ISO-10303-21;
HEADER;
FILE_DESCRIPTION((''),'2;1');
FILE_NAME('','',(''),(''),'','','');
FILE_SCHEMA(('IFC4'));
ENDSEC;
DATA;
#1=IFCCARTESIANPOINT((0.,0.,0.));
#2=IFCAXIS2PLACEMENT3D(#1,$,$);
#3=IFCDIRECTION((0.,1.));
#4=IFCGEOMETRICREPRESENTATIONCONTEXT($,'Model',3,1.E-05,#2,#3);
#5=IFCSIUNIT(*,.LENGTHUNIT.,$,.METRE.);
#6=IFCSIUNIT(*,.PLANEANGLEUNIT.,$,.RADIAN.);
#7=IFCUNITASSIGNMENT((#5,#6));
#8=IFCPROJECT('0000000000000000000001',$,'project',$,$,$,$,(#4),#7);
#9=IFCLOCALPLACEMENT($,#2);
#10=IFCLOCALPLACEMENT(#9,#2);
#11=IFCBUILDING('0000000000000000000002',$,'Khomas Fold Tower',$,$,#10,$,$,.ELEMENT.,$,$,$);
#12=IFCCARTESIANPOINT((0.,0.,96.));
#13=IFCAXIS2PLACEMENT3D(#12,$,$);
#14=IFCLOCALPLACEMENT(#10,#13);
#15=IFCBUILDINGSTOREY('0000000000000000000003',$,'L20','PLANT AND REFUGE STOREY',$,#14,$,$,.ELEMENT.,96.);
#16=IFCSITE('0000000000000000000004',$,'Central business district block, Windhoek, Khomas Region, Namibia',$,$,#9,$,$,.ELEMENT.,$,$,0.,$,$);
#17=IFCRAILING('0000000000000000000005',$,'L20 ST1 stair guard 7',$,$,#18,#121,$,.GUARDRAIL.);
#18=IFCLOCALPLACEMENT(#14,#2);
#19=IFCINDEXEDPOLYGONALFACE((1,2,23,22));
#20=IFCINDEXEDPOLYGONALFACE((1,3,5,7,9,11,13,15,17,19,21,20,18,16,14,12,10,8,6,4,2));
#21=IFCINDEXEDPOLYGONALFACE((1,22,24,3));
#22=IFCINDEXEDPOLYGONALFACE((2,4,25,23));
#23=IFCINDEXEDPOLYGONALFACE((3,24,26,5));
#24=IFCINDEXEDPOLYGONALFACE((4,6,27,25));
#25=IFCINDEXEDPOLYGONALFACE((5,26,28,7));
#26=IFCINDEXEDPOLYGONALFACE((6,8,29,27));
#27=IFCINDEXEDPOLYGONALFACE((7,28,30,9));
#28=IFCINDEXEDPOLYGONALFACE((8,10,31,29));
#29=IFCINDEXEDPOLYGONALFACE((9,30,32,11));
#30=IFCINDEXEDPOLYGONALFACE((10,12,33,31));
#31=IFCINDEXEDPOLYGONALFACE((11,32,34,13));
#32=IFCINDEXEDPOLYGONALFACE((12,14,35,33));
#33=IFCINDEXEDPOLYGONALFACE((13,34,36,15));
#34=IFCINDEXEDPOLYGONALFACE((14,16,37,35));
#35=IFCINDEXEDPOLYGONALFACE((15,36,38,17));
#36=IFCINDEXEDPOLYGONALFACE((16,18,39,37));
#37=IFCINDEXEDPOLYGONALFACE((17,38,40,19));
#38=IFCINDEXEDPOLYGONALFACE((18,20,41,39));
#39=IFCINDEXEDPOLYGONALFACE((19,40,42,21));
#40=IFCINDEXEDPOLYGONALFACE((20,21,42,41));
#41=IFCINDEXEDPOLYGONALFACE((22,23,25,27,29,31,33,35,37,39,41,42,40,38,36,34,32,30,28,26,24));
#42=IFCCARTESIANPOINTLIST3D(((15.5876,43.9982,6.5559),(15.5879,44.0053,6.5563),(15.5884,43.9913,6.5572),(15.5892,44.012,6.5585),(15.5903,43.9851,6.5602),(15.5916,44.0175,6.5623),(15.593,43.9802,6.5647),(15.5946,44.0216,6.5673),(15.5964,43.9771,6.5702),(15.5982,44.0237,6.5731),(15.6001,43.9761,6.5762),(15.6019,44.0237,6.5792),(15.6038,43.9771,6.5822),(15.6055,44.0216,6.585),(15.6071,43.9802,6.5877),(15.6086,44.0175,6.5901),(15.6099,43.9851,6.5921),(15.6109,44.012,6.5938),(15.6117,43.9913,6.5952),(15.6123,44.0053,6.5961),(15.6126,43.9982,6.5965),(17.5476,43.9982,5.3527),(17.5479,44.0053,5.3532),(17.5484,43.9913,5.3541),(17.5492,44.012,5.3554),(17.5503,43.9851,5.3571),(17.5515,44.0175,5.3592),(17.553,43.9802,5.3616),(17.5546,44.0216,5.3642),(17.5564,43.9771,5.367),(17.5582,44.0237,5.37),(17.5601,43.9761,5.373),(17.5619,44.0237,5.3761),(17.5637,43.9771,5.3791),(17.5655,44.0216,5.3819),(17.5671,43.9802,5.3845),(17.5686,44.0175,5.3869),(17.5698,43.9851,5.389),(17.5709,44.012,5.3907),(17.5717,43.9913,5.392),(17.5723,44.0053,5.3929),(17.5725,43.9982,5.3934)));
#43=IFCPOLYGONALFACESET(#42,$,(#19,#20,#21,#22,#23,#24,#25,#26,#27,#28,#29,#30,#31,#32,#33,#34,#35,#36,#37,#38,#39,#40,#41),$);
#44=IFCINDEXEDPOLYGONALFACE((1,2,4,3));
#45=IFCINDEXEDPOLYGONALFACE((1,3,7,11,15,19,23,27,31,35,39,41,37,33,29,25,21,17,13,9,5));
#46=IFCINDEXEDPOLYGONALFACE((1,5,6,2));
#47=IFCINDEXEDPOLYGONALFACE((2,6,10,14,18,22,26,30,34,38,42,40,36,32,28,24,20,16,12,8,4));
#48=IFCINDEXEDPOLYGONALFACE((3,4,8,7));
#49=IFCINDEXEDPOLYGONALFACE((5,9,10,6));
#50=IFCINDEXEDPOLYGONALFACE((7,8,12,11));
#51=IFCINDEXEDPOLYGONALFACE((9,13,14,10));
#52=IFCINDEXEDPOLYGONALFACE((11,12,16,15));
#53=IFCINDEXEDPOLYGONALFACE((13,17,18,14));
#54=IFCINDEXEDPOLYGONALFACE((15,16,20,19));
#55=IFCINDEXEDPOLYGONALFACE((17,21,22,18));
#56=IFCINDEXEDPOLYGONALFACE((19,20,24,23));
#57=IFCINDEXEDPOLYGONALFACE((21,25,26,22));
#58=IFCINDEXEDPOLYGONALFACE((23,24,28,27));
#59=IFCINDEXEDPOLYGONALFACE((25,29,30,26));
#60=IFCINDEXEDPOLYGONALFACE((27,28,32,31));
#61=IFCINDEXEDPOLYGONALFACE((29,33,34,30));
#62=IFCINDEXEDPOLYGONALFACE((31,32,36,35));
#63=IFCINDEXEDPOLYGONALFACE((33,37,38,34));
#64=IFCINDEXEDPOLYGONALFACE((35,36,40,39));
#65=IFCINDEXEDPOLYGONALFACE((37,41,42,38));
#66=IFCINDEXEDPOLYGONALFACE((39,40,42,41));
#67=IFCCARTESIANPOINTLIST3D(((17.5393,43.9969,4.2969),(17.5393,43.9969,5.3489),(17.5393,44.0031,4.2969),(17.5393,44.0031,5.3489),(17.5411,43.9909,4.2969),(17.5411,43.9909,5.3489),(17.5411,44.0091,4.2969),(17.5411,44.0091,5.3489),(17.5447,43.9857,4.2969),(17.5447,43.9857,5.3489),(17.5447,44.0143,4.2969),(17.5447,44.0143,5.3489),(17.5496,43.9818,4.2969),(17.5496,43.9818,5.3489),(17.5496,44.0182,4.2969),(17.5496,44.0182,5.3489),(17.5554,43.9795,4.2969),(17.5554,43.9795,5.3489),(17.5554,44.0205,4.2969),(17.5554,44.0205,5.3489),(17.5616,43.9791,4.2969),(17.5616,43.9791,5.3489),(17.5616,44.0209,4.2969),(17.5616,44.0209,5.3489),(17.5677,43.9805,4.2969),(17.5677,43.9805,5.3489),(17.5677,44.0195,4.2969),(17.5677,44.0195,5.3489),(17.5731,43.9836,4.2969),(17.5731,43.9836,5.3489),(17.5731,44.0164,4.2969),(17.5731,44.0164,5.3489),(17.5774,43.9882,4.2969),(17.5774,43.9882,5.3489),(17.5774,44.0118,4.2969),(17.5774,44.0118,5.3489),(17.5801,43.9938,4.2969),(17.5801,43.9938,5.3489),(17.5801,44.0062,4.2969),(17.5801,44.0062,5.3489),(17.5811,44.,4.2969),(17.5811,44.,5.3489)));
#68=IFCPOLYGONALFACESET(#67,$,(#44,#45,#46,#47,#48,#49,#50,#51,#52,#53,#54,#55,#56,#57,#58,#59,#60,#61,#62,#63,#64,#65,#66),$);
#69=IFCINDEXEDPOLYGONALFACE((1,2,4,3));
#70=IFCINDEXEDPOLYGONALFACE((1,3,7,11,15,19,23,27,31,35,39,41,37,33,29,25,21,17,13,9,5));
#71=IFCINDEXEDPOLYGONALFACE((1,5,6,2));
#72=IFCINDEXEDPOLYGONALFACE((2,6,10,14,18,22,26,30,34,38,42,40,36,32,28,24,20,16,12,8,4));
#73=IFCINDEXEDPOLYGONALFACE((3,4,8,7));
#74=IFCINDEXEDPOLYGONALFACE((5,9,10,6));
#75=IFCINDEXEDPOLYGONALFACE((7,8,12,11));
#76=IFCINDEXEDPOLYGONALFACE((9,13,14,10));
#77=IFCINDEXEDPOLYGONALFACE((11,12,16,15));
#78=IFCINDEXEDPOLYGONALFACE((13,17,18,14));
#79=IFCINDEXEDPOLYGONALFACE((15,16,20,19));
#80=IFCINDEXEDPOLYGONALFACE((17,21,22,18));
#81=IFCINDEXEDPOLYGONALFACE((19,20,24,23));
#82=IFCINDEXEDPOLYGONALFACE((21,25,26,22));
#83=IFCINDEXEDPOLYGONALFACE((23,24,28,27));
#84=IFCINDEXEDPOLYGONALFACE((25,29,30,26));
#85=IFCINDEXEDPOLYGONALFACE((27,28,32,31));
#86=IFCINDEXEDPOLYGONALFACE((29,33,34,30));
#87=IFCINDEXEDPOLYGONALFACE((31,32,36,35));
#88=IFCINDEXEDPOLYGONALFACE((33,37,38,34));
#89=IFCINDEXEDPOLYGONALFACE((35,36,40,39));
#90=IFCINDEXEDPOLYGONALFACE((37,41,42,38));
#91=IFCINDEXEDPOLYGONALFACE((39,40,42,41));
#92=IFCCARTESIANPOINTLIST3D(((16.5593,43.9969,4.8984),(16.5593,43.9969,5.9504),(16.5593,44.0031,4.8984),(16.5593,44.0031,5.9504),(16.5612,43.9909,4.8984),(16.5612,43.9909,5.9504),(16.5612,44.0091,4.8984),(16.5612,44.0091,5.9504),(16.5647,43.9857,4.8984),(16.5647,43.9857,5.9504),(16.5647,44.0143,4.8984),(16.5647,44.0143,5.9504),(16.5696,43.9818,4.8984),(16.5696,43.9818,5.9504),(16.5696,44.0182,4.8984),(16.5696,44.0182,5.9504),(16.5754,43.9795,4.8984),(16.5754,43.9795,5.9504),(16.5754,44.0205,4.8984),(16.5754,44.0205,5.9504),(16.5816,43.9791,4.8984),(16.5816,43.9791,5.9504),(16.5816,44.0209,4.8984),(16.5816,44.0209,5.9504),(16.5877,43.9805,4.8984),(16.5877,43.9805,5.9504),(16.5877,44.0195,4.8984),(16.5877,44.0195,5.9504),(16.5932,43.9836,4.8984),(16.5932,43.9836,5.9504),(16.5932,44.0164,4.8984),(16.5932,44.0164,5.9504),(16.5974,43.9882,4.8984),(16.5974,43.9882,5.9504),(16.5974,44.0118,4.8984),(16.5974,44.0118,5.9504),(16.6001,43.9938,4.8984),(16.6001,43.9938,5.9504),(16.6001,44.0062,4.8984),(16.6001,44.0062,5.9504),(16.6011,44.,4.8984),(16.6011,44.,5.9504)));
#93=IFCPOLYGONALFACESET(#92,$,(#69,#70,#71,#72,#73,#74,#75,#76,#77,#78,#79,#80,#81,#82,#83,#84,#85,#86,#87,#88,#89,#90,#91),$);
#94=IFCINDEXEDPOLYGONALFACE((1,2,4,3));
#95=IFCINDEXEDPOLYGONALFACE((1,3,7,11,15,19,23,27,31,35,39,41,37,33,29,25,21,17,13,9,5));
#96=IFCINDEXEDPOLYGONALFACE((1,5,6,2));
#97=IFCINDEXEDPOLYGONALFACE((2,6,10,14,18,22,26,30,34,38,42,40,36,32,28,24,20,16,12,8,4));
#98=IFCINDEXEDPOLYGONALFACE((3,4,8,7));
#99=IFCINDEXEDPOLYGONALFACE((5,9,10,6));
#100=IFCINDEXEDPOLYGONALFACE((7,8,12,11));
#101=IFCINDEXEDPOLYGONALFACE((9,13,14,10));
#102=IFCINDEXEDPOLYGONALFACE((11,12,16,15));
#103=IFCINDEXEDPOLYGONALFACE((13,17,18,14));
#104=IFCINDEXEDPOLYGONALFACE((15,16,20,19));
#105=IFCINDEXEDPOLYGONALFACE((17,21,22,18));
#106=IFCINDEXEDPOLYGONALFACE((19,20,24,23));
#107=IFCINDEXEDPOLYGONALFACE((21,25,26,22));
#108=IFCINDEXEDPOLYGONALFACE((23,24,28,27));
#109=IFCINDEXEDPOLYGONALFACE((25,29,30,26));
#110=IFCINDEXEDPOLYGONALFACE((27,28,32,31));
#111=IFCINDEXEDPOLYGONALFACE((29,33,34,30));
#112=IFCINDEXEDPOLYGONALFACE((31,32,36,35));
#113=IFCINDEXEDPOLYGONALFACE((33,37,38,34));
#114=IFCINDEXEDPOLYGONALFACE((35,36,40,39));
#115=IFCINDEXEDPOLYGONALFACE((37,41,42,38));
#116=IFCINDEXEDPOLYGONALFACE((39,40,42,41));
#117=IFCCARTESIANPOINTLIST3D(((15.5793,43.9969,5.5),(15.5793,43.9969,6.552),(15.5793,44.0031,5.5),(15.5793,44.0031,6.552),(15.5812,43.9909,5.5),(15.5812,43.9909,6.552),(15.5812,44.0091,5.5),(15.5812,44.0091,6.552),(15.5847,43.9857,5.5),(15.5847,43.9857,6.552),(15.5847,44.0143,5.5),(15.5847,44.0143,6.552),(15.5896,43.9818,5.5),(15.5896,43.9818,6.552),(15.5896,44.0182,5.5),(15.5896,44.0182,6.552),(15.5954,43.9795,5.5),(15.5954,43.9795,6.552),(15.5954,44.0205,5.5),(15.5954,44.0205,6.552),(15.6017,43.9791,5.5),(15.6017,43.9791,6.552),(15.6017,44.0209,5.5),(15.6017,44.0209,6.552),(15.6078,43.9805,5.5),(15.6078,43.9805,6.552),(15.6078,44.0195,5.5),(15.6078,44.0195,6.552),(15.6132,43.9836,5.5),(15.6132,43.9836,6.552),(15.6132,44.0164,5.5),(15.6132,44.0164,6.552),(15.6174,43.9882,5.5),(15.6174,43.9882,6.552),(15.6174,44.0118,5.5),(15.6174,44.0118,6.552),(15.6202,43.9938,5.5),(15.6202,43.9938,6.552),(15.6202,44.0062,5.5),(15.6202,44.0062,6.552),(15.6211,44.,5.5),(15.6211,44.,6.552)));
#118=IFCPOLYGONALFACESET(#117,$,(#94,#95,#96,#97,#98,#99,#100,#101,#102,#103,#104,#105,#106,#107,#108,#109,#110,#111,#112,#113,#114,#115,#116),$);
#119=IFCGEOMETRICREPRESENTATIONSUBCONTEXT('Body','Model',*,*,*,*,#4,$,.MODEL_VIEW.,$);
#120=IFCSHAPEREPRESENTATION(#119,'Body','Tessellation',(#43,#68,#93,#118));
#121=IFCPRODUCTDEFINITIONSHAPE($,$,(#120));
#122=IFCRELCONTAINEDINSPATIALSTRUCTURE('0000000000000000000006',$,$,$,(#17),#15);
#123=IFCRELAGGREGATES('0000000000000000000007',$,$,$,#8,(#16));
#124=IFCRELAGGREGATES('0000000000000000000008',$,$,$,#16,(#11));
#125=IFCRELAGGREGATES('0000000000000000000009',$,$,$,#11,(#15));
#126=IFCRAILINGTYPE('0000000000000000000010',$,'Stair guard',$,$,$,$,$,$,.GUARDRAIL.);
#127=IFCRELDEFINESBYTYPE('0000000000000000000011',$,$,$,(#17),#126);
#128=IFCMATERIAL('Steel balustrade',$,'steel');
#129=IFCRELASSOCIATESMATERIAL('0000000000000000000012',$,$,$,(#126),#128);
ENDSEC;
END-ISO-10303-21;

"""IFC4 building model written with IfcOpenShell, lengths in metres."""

from ifc_helpers import new_model, si_unit, direction, frame, origin, origin_2d, place, context, subcontext, project, spatial, circle, extrude, source, transform, mapped, material, type_object, element, save


model = new_model("IFC4")

# Units and contexts
model_context = context("Model", 3, precision=1e-05, world=origin(), true_north=direction((0.0, 1.0)))
body_context = subcontext(model_context, "Body", "Model", "MODEL_VIEW")
ifc_project = project(units=[si_unit("LENGTHUNIT", "METRE"), si_unit("PLANEANGLEUNIT", "RADIAN")], contexts=[model_context])

# Site, building, storey
site_placement = place(None, origin())
site = spatial("IfcSite", under=ifc_project, at=site_placement, Name="Central business district block, Windhoek, Khomas Region, Namibia", CompositionType="ELEMENT", RefElevation=0.0)
building_placement = place(site_placement, origin())
building = spatial("IfcBuilding", under=site, at=building_placement, Name="Khomas Fold Tower", CompositionType="ELEMENT")
storey_placement = place(building_placement, frame((0.0, 0.0, 96.0)))
storey = spatial("IfcBuildingStorey", under=building, at=storey_placement, Name="L20", Description="PLANT AND REFUGE STOREY", CompositionType="ELEMENT", Elevation=96.0)

# Railing
ifc_material_1 = material(Name="Steel balustrade", Category="steel")
railing_type_1 = type_object("IfcRailingType", Name="Stair guard", PredefinedType="GUARDRAIL", material=ifc_material_1)
shared_shape_1 = source(origin(), body_context, "Body", "SweptSolid", [
    extrude(circle(Radius=0.0239, at=origin_2d()), frame((0.0, 0.0, 1.0762), z_axis=(-0.852241, 0.0, 0.523149), x_axis=(0.0, -1.0, 0.0)), (0.0, 0.0, 1.0), 2.2998),
    extrude(circle(Radius=0.021, at=origin_2d()), origin(), (0.0, 0.0, 1.0), 1.052),
    extrude(circle(Radius=0.021, at=origin_2d()), frame((-0.98, 0.0, 0.6016)), (0.0, 0.0, 1.0), 1.052),
    extrude(circle(Radius=0.021, at=origin_2d()), frame((-1.96, 0.0, 1.2031)), (0.0, 0.0, 1.0), 1.052),
])
for number, where, name in (
    (1, (17.5601, 44.0, 4.2969), "L20 ST1 stair guard 7"),
):
    element("IfcRailing", number, at=place(storey_placement, frame(where)), inside=storey, type_object=railing_type_1, Name=name, PredefinedType="GUARDRAIL", context=body_context, shape_type="MappedRepresentation", body=[
        mapped(shared_shape_1, transform((0.0, 0.0, 0.0))),
    ])

save(model, "model.ifc")
